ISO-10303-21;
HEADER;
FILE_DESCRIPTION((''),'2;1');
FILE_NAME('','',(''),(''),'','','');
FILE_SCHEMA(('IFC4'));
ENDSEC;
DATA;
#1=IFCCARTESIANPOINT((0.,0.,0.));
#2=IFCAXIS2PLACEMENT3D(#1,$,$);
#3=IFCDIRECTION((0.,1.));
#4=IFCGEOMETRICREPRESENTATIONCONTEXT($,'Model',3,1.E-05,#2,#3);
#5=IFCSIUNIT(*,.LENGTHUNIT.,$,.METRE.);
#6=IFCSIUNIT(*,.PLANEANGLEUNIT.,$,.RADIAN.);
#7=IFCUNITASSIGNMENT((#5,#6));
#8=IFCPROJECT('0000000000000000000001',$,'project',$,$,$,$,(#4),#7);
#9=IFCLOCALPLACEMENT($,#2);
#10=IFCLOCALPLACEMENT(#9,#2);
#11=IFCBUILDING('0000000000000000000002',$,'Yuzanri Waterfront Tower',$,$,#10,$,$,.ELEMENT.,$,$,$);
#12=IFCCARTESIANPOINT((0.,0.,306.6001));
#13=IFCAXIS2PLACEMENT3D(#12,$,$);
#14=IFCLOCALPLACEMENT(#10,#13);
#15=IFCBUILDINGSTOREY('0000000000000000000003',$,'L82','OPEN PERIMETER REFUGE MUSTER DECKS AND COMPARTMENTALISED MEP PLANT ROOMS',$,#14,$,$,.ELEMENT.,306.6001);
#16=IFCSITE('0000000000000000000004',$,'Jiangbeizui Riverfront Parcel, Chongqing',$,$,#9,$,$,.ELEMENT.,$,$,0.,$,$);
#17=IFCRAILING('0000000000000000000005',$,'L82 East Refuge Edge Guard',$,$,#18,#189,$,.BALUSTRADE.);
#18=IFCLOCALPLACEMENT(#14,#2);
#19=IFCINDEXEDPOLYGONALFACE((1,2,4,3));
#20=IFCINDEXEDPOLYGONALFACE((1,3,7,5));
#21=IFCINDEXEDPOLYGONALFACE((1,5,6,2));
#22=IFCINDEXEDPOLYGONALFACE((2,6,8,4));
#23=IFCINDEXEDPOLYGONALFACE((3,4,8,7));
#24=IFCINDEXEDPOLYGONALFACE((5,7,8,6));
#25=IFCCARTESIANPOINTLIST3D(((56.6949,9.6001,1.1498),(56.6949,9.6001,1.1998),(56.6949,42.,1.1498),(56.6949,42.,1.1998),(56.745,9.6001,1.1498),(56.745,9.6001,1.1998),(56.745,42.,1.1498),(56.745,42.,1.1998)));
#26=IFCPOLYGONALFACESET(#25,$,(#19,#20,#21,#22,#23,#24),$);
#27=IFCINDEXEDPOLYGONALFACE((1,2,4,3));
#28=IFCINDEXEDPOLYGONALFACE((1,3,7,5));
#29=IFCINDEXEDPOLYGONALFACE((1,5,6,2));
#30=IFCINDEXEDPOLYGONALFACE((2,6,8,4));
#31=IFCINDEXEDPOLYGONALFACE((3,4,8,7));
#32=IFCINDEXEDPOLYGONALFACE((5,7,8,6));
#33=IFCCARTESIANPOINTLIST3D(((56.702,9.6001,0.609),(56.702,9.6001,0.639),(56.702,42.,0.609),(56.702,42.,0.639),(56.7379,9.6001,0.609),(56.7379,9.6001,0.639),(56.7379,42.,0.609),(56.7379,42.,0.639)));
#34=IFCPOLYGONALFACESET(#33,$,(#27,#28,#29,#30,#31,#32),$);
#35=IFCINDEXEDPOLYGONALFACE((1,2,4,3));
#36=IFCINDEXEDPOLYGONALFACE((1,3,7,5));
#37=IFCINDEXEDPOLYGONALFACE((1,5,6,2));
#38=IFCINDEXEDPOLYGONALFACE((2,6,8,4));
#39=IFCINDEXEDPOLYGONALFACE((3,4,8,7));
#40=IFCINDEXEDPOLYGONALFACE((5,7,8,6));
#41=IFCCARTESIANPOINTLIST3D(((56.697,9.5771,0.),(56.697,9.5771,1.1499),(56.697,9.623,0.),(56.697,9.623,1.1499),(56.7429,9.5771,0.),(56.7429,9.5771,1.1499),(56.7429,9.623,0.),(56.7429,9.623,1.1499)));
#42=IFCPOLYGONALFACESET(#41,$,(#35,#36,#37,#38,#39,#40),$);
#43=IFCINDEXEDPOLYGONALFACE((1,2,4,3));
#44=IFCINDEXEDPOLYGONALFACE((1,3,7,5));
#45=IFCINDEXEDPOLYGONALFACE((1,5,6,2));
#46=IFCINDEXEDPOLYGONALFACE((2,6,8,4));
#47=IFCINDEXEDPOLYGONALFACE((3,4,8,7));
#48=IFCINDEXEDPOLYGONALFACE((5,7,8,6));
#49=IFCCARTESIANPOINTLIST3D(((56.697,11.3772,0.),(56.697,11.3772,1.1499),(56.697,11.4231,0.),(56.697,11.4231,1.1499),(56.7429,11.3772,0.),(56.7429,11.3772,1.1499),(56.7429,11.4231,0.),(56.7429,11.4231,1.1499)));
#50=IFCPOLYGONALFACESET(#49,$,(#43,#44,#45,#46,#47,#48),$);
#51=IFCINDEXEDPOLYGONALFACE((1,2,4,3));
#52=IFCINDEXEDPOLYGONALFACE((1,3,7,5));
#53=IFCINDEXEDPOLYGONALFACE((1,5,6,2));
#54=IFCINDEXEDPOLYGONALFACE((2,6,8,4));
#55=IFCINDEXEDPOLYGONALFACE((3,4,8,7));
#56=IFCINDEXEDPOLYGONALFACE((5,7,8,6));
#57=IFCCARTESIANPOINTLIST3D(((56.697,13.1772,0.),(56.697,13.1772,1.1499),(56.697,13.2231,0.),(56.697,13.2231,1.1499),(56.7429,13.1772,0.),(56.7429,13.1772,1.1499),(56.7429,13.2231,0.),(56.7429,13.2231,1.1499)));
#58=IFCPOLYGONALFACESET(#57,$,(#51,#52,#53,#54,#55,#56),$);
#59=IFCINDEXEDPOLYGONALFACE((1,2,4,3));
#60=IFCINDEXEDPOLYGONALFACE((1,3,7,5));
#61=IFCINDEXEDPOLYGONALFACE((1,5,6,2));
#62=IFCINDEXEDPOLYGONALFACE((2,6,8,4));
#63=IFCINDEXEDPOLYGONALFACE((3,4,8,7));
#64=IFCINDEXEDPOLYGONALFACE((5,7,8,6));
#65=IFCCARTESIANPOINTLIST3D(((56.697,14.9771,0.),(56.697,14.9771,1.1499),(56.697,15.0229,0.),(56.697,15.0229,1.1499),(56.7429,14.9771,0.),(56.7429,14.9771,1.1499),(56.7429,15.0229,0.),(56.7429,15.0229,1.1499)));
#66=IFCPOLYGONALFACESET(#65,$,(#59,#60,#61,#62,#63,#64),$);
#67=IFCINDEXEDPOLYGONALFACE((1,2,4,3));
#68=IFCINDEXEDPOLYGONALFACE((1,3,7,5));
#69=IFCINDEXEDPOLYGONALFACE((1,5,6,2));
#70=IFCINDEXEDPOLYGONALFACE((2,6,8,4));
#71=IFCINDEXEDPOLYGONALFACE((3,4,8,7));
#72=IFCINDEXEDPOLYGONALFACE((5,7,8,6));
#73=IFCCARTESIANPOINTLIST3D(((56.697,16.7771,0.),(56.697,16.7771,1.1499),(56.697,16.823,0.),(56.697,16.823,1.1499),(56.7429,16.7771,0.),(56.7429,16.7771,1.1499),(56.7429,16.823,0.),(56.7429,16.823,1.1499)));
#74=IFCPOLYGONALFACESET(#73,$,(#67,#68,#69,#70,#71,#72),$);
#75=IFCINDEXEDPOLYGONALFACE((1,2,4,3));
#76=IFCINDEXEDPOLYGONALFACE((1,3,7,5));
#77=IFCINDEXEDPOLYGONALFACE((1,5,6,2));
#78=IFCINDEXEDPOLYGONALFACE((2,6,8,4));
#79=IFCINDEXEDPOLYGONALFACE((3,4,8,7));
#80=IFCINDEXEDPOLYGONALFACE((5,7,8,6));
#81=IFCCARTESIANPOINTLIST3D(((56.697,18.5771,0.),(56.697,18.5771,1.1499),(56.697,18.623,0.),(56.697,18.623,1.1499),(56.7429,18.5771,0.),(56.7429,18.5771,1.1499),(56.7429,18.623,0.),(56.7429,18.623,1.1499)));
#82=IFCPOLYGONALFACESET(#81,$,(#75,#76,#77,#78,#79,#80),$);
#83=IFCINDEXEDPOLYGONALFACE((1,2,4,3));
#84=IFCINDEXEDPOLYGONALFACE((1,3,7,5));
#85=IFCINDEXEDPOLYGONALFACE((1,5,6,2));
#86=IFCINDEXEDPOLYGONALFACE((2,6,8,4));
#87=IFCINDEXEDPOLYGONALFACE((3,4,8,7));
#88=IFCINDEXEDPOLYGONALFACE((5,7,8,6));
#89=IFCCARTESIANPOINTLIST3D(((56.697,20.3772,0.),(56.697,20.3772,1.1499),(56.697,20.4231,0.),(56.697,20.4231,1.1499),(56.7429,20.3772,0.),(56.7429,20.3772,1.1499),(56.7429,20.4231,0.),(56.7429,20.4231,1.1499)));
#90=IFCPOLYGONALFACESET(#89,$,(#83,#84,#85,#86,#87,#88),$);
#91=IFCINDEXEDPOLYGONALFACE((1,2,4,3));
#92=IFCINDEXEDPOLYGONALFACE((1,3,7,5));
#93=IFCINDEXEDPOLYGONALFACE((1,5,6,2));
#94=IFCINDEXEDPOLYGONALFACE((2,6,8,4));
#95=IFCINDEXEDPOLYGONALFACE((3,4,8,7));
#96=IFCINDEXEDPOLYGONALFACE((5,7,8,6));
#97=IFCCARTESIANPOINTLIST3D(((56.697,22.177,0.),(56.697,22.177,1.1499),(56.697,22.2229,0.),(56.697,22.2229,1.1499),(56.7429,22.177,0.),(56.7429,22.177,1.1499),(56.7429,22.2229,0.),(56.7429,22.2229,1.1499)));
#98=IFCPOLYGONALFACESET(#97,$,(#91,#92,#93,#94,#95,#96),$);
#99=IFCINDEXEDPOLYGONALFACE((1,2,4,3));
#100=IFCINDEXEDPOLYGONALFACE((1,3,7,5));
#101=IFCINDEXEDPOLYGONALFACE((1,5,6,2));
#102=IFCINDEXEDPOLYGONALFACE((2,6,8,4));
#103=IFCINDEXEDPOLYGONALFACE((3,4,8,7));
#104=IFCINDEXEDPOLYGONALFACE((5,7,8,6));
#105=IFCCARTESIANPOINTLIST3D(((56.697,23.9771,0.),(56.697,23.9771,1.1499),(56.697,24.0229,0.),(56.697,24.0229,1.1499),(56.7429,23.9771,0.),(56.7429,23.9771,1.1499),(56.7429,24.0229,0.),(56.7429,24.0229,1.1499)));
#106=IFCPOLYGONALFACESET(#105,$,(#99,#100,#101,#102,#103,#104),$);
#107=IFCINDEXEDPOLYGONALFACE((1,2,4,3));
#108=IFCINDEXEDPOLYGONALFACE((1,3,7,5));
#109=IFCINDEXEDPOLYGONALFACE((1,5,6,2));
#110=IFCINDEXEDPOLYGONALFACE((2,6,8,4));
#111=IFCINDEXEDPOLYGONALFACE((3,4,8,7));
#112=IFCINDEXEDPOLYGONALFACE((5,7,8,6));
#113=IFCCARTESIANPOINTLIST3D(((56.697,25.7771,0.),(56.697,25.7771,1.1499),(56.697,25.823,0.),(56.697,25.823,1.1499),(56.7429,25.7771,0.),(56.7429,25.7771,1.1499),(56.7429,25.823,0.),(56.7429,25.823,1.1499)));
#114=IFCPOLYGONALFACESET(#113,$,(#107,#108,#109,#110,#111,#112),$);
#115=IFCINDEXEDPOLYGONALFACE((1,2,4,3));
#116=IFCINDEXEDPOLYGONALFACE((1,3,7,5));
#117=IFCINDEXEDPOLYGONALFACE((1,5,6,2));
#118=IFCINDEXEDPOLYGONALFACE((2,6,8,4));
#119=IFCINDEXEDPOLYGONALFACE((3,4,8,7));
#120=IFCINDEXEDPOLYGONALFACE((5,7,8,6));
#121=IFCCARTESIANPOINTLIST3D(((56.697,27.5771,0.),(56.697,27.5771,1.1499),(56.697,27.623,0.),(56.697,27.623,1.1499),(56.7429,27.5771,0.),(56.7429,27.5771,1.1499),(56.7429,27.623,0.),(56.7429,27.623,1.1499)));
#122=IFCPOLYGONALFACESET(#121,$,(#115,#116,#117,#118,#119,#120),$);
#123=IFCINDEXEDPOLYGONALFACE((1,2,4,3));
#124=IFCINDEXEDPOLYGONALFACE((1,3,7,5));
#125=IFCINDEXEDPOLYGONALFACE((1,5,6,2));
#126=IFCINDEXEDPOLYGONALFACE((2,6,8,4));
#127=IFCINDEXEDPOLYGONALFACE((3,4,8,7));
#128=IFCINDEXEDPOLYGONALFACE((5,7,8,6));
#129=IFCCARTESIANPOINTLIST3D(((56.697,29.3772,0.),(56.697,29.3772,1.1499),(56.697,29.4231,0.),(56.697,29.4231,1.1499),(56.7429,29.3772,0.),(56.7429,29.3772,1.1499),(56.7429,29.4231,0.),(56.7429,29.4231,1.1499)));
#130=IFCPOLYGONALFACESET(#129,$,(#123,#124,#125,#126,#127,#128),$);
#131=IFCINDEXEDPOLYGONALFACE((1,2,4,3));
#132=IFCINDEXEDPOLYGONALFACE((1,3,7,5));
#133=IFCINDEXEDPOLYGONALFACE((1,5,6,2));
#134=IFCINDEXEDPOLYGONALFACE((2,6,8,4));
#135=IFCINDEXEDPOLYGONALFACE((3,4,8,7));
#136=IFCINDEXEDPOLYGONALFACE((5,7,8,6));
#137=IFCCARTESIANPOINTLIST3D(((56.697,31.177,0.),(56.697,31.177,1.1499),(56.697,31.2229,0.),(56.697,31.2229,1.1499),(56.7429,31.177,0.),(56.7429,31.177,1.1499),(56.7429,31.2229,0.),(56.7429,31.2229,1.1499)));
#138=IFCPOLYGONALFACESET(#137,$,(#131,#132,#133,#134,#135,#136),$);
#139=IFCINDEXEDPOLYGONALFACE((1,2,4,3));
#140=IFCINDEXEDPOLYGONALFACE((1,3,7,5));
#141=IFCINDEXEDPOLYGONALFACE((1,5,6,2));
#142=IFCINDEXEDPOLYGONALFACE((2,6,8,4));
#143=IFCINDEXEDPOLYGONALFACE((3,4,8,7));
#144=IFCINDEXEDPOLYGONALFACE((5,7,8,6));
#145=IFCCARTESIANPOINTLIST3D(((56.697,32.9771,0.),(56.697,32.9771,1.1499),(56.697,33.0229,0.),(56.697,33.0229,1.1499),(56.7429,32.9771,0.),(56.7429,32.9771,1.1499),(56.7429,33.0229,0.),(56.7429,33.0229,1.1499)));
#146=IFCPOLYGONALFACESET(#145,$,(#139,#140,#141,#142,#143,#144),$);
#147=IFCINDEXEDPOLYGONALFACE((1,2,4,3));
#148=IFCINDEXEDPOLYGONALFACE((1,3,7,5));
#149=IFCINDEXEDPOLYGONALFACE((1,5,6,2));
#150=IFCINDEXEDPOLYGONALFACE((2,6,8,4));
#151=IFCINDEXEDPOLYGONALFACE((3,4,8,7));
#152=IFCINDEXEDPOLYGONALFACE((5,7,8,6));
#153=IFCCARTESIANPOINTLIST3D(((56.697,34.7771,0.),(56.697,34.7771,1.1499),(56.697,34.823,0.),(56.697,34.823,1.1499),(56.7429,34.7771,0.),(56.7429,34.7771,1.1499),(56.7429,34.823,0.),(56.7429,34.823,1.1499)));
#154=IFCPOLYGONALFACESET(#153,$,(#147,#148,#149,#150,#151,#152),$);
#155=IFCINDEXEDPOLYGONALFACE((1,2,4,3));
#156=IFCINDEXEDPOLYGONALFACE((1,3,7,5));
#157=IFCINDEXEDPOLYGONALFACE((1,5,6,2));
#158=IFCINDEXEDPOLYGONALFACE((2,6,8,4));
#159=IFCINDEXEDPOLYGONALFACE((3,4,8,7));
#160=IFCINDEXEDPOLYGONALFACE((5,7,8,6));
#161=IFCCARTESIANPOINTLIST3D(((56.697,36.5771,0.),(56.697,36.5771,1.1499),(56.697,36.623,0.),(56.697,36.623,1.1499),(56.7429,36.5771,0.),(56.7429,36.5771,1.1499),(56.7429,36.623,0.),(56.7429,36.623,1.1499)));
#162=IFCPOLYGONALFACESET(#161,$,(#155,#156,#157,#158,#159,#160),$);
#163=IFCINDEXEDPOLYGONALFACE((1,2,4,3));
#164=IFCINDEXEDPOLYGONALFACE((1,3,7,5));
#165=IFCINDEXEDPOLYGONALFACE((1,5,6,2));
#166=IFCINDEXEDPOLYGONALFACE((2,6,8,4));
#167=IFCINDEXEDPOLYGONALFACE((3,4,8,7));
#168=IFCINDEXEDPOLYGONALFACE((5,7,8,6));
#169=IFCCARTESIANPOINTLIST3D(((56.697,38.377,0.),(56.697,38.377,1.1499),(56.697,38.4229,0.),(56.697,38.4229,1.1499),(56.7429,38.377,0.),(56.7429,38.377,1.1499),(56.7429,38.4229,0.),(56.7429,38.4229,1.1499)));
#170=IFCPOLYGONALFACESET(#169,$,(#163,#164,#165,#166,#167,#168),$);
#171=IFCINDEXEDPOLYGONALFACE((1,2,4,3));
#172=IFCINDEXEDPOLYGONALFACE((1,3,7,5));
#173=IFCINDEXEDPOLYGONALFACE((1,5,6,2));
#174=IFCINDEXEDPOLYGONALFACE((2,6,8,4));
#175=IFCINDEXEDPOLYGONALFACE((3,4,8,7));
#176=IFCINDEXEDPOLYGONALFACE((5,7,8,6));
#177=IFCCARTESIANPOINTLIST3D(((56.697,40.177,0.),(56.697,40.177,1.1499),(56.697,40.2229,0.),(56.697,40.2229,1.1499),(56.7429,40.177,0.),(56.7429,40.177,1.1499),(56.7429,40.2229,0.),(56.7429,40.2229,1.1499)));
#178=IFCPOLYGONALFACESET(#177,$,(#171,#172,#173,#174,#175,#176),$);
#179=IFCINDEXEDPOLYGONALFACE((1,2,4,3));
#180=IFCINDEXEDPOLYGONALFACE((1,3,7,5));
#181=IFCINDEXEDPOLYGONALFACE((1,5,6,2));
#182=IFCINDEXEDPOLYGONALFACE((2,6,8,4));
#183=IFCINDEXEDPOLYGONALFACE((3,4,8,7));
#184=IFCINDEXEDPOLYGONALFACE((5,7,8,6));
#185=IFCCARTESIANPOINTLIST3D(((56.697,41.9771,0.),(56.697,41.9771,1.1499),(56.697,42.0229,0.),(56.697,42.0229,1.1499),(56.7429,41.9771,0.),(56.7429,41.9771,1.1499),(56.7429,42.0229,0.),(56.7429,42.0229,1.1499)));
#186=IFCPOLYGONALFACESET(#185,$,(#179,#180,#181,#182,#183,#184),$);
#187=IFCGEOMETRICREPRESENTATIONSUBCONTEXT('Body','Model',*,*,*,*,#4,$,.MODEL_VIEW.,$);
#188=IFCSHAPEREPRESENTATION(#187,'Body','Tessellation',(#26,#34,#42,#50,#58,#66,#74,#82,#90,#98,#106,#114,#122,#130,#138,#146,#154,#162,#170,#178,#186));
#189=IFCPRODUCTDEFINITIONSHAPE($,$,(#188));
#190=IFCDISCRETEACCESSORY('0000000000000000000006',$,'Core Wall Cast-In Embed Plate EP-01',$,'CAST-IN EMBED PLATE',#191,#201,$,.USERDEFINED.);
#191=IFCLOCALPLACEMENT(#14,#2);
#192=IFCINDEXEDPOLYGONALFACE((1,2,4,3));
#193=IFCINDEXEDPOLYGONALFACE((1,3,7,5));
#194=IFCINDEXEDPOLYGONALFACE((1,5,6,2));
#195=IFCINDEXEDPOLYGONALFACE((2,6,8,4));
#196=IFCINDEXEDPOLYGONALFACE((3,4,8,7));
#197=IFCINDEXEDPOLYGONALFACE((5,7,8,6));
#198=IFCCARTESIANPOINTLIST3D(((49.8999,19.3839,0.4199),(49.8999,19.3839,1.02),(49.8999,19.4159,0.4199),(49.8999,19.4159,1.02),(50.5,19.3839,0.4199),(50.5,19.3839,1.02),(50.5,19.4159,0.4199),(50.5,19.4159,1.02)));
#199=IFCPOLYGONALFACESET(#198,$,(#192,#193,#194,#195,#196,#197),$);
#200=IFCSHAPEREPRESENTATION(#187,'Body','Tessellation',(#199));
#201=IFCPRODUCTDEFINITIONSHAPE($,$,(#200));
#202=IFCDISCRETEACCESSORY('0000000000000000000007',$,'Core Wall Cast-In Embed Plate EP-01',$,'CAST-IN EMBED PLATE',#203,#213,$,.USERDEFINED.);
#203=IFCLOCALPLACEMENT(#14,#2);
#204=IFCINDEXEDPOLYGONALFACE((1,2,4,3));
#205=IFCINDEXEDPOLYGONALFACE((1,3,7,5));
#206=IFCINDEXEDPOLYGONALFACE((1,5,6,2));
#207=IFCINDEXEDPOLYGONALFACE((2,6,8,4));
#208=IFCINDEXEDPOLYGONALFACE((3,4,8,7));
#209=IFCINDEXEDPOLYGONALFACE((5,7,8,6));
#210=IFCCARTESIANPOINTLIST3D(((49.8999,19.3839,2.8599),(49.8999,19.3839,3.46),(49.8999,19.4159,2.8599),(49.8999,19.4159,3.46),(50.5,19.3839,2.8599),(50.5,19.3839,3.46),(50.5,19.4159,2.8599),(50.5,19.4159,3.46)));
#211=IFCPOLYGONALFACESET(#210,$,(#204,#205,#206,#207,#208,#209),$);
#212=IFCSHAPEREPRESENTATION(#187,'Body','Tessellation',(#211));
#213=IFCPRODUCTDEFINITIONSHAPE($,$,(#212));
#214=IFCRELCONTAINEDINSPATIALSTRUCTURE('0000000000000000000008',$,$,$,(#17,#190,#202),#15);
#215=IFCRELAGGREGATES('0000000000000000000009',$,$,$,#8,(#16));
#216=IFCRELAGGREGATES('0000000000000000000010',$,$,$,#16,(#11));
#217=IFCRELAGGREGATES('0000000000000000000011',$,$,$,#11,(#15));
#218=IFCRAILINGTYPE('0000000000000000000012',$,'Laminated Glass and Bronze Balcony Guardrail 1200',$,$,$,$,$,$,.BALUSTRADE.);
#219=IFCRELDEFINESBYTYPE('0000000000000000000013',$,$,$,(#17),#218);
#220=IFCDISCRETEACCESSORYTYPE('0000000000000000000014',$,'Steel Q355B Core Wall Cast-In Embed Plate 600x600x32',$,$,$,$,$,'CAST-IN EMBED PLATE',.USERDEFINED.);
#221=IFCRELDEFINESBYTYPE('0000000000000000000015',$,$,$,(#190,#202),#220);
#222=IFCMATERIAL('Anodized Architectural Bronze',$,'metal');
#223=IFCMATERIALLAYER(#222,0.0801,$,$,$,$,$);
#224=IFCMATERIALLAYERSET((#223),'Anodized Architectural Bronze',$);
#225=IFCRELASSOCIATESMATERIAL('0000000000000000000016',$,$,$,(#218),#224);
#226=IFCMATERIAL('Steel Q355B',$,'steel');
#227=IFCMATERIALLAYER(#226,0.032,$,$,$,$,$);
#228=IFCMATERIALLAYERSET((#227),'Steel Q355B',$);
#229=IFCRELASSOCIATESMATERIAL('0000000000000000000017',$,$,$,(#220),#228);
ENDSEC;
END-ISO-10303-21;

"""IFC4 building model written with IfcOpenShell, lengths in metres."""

from ifc_helpers import new_model, si_unit, direction, frame, origin, origin_2d, place, context, subcontext, project, spatial, rectangle, extrude, source, transform, mapped, material, layer, layer_set, type_object, element, save


model = new_model("IFC4")

# Units and contexts
model_context = context("Model", 3, precision=1e-05, world=origin(), true_north=direction((0.0, 1.0)))
body_context = subcontext(model_context, "Body", "Model", "MODEL_VIEW")
ifc_project = project(units=[si_unit("LENGTHUNIT", "METRE"), si_unit("PLANEANGLEUNIT", "RADIAN")], contexts=[model_context])

# Site, building, storey
site_placement = place(None, origin())
site = spatial("IfcSite", under=ifc_project, at=site_placement, Name="Jiangbeizui Riverfront Parcel, Chongqing", CompositionType="ELEMENT", RefElevation=0.0)
building_placement = place(site_placement, origin())
building = spatial("IfcBuilding", under=site, at=building_placement, Name="Yuzanri Waterfront Tower", CompositionType="ELEMENT")
storey_placement = place(building_placement, frame((0.0, 0.0, 306.6001)))
storey = spatial("IfcBuildingStorey", under=building, at=storey_placement, Name="L82", Description="OPEN PERIMETER REFUGE MUSTER DECKS AND COMPARTMENTALISED MEP PLANT ROOMS", CompositionType="ELEMENT", Elevation=306.6001)

# Railing
ifc_material_1 = material(Name="Anodized Architectural Bronze", Category="metal")
ifc_layer_1 = layer(ifc_material_1, 0.0801)
ifc_layer_set_1 = layer_set([ifc_layer_1], Name="Anodized Architectural Bronze")
railing_type = type_object("IfcRailingType", Name="Laminated Glass and Bronze Balcony Guardrail 1200", PredefinedType="BALUSTRADE", material=ifc_layer_set_1)
shared_shape_1 = source(origin(), body_context, "Body", "SweptSolid", [
    extrude(rectangle(XDim=0.05, YDim=0.05, at=origin_2d()), frame((0.0, 0.0, 1.1748), z_axis=(0.0, 1.0, 0.0), x_axis=(-1.0, 0.0, 0.0)), (0.0, 0.0, 1.0), 32.3999),
    extrude(rectangle(XDim=0.0359, YDim=0.03, at=origin_2d()), frame((0.0, 0.0, 0.624), z_axis=(0.0, 1.0, 0.0), x_axis=(-1.0, 0.0, 0.0)), (0.0, 0.0, 1.0), 32.3999),
    extrude(rectangle(XDim=0.0459, YDim=0.0459, at=origin_2d()), origin(), (0.0, 0.0, 1.0), 1.1499),
    extrude(rectangle(XDim=0.0459, YDim=0.0459, at=origin_2d()), frame((0.0, 1.8, 0.0)), (0.0, 0.0, 1.0), 1.1499),
    extrude(rectangle(XDim=0.0459, YDim=0.0459, at=origin_2d()), frame((0.0, 3.6001, 0.0)), (0.0, 0.0, 1.0), 1.1499),
    extrude(rectangle(XDim=0.0459, YDim=0.0459, at=origin_2d()), frame((0.0, 5.3999, 0.0)), (0.0, 0.0, 1.0), 1.1499),
    extrude(rectangle(XDim=0.0459, YDim=0.0459, at=origin_2d()), frame((0.0, 7.2, 0.0)), (0.0, 0.0, 1.0), 1.1499),
    extrude(rectangle(XDim=0.0459, YDim=0.0459, at=origin_2d()), frame((0.0, 9.0, 0.0)), (0.0, 0.0, 1.0), 1.1499),
    extrude(rectangle(XDim=0.0459, YDim=0.0459, at=origin_2d()), frame((0.0, 10.8, 0.0)), (0.0, 0.0, 1.0), 1.1499),
    extrude(rectangle(XDim=0.0459, YDim=0.0459, at=origin_2d()), frame((0.0, 12.5999, 0.0)), (0.0, 0.0, 1.0), 1.1499),
    extrude(rectangle(XDim=0.0459, YDim=0.0459, at=origin_2d()), frame((0.0, 14.3999, 0.0)), (0.0, 0.0, 1.0), 1.1499),
    extrude(rectangle(XDim=0.0459, YDim=0.0459, at=origin_2d()), frame((0.0, 16.2, 0.0)), (0.0, 0.0, 1.0), 1.1499),
    extrude(rectangle(XDim=0.0459, YDim=0.0459, at=origin_2d()), frame((0.0, 18.0, 0.0)), (0.0, 0.0, 1.0), 1.1499),
    extrude(rectangle(XDim=0.0459, YDim=0.0459, at=origin_2d()), frame((0.0, 19.8, 0.0)), (0.0, 0.0, 1.0), 1.1499),
    extrude(rectangle(XDim=0.0459, YDim=0.0459, at=origin_2d()), frame((0.0, 21.5999, 0.0)), (0.0, 0.0, 1.0), 1.1499),
    extrude(rectangle(XDim=0.0459, YDim=0.0459, at=origin_2d()), frame((0.0, 23.3999, 0.0)), (0.0, 0.0, 1.0), 1.1499),
    extrude(rectangle(XDim=0.0459, YDim=0.0459, at=origin_2d()), frame((0.0, 25.2, 0.0)), (0.0, 0.0, 1.0), 1.1499),
    extrude(rectangle(XDim=0.0459, YDim=0.0459, at=origin_2d()), frame((0.0, 27.0, 0.0)), (0.0, 0.0, 1.0), 1.1499),
    extrude(rectangle(XDim=0.0459, YDim=0.0459, at=origin_2d()), frame((0.0, 28.7998, 0.0)), (0.0, 0.0, 1.0), 1.1499),
    extrude(rectangle(XDim=0.0459, YDim=0.0459, at=origin_2d()), frame((0.0, 30.5999, 0.0)), (0.0, 0.0, 1.0), 1.1499),
    extrude(rectangle(XDim=0.0459, YDim=0.0459, at=origin_2d()), frame((0.0, 32.3999, 0.0)), (0.0, 0.0, 1.0), 1.1499),
])
railing_placement = place(storey_placement, frame((56.72, 9.6001, 0.0)))
element("IfcRailing", 1, at=railing_placement, inside=storey, type_object=railing_type, Name="L82 East Refuge Edge Guard", PredefinedType="BALUSTRADE", context=body_context, shape_type="MappedRepresentation", body=[
    mapped(shared_shape_1, transform((0.0, 0.0, 0.0), scale=1.0)),
])

# Discrete accessories
ifc_material_2 = material(Name="Steel Q355B", Category="steel")
ifc_layer_2 = layer(ifc_material_2, 0.032)
ifc_layer_set_2 = layer_set([ifc_layer_2], Name="Steel Q355B")
discrete_accessory_type = type_object("IfcDiscreteAccessoryType", Name="Steel Q355B Core Wall Cast-In Embed Plate 600x600x32", ElementType="CAST-IN EMBED PLATE", PredefinedType="USERDEFINED", material=ifc_layer_set_2)
shared_shape_2 = source(origin(), body_context, "Body", "SweptSolid", [
    extrude(rectangle(XDim=0.6001, YDim=0.032, at=origin_2d()), origin(), (0.0, 0.0, 1.0), 0.6001),
])
for number, where, z_axis, x_axis, name in (
    (2, (50.2, 19.3999, 0.4199), (0.0, 0.0, 1.0), (1.0, 0.0, 0.0), "Core Wall Cast-In Embed Plate EP-01"),
    (3, (50.2, 19.3999, 2.8599), (0.0, 0.0, 1.0), (1.0, 0.0, 0.0), "Core Wall Cast-In Embed Plate EP-01"),
):
    element("IfcDiscreteAccessory", number, at=place(storey_placement, frame(where, z_axis=z_axis, x_axis=x_axis)), inside=storey, type_object=discrete_accessory_type, Name=name, ObjectType="CAST-IN EMBED PLATE", PredefinedType="USERDEFINED", context=body_context, shape_type="MappedRepresentation", body=[
        mapped(shared_shape_2, transform((0.0, 0.0, 0.0), scale=1.0)),
    ])

save(model, "model.ifc")
